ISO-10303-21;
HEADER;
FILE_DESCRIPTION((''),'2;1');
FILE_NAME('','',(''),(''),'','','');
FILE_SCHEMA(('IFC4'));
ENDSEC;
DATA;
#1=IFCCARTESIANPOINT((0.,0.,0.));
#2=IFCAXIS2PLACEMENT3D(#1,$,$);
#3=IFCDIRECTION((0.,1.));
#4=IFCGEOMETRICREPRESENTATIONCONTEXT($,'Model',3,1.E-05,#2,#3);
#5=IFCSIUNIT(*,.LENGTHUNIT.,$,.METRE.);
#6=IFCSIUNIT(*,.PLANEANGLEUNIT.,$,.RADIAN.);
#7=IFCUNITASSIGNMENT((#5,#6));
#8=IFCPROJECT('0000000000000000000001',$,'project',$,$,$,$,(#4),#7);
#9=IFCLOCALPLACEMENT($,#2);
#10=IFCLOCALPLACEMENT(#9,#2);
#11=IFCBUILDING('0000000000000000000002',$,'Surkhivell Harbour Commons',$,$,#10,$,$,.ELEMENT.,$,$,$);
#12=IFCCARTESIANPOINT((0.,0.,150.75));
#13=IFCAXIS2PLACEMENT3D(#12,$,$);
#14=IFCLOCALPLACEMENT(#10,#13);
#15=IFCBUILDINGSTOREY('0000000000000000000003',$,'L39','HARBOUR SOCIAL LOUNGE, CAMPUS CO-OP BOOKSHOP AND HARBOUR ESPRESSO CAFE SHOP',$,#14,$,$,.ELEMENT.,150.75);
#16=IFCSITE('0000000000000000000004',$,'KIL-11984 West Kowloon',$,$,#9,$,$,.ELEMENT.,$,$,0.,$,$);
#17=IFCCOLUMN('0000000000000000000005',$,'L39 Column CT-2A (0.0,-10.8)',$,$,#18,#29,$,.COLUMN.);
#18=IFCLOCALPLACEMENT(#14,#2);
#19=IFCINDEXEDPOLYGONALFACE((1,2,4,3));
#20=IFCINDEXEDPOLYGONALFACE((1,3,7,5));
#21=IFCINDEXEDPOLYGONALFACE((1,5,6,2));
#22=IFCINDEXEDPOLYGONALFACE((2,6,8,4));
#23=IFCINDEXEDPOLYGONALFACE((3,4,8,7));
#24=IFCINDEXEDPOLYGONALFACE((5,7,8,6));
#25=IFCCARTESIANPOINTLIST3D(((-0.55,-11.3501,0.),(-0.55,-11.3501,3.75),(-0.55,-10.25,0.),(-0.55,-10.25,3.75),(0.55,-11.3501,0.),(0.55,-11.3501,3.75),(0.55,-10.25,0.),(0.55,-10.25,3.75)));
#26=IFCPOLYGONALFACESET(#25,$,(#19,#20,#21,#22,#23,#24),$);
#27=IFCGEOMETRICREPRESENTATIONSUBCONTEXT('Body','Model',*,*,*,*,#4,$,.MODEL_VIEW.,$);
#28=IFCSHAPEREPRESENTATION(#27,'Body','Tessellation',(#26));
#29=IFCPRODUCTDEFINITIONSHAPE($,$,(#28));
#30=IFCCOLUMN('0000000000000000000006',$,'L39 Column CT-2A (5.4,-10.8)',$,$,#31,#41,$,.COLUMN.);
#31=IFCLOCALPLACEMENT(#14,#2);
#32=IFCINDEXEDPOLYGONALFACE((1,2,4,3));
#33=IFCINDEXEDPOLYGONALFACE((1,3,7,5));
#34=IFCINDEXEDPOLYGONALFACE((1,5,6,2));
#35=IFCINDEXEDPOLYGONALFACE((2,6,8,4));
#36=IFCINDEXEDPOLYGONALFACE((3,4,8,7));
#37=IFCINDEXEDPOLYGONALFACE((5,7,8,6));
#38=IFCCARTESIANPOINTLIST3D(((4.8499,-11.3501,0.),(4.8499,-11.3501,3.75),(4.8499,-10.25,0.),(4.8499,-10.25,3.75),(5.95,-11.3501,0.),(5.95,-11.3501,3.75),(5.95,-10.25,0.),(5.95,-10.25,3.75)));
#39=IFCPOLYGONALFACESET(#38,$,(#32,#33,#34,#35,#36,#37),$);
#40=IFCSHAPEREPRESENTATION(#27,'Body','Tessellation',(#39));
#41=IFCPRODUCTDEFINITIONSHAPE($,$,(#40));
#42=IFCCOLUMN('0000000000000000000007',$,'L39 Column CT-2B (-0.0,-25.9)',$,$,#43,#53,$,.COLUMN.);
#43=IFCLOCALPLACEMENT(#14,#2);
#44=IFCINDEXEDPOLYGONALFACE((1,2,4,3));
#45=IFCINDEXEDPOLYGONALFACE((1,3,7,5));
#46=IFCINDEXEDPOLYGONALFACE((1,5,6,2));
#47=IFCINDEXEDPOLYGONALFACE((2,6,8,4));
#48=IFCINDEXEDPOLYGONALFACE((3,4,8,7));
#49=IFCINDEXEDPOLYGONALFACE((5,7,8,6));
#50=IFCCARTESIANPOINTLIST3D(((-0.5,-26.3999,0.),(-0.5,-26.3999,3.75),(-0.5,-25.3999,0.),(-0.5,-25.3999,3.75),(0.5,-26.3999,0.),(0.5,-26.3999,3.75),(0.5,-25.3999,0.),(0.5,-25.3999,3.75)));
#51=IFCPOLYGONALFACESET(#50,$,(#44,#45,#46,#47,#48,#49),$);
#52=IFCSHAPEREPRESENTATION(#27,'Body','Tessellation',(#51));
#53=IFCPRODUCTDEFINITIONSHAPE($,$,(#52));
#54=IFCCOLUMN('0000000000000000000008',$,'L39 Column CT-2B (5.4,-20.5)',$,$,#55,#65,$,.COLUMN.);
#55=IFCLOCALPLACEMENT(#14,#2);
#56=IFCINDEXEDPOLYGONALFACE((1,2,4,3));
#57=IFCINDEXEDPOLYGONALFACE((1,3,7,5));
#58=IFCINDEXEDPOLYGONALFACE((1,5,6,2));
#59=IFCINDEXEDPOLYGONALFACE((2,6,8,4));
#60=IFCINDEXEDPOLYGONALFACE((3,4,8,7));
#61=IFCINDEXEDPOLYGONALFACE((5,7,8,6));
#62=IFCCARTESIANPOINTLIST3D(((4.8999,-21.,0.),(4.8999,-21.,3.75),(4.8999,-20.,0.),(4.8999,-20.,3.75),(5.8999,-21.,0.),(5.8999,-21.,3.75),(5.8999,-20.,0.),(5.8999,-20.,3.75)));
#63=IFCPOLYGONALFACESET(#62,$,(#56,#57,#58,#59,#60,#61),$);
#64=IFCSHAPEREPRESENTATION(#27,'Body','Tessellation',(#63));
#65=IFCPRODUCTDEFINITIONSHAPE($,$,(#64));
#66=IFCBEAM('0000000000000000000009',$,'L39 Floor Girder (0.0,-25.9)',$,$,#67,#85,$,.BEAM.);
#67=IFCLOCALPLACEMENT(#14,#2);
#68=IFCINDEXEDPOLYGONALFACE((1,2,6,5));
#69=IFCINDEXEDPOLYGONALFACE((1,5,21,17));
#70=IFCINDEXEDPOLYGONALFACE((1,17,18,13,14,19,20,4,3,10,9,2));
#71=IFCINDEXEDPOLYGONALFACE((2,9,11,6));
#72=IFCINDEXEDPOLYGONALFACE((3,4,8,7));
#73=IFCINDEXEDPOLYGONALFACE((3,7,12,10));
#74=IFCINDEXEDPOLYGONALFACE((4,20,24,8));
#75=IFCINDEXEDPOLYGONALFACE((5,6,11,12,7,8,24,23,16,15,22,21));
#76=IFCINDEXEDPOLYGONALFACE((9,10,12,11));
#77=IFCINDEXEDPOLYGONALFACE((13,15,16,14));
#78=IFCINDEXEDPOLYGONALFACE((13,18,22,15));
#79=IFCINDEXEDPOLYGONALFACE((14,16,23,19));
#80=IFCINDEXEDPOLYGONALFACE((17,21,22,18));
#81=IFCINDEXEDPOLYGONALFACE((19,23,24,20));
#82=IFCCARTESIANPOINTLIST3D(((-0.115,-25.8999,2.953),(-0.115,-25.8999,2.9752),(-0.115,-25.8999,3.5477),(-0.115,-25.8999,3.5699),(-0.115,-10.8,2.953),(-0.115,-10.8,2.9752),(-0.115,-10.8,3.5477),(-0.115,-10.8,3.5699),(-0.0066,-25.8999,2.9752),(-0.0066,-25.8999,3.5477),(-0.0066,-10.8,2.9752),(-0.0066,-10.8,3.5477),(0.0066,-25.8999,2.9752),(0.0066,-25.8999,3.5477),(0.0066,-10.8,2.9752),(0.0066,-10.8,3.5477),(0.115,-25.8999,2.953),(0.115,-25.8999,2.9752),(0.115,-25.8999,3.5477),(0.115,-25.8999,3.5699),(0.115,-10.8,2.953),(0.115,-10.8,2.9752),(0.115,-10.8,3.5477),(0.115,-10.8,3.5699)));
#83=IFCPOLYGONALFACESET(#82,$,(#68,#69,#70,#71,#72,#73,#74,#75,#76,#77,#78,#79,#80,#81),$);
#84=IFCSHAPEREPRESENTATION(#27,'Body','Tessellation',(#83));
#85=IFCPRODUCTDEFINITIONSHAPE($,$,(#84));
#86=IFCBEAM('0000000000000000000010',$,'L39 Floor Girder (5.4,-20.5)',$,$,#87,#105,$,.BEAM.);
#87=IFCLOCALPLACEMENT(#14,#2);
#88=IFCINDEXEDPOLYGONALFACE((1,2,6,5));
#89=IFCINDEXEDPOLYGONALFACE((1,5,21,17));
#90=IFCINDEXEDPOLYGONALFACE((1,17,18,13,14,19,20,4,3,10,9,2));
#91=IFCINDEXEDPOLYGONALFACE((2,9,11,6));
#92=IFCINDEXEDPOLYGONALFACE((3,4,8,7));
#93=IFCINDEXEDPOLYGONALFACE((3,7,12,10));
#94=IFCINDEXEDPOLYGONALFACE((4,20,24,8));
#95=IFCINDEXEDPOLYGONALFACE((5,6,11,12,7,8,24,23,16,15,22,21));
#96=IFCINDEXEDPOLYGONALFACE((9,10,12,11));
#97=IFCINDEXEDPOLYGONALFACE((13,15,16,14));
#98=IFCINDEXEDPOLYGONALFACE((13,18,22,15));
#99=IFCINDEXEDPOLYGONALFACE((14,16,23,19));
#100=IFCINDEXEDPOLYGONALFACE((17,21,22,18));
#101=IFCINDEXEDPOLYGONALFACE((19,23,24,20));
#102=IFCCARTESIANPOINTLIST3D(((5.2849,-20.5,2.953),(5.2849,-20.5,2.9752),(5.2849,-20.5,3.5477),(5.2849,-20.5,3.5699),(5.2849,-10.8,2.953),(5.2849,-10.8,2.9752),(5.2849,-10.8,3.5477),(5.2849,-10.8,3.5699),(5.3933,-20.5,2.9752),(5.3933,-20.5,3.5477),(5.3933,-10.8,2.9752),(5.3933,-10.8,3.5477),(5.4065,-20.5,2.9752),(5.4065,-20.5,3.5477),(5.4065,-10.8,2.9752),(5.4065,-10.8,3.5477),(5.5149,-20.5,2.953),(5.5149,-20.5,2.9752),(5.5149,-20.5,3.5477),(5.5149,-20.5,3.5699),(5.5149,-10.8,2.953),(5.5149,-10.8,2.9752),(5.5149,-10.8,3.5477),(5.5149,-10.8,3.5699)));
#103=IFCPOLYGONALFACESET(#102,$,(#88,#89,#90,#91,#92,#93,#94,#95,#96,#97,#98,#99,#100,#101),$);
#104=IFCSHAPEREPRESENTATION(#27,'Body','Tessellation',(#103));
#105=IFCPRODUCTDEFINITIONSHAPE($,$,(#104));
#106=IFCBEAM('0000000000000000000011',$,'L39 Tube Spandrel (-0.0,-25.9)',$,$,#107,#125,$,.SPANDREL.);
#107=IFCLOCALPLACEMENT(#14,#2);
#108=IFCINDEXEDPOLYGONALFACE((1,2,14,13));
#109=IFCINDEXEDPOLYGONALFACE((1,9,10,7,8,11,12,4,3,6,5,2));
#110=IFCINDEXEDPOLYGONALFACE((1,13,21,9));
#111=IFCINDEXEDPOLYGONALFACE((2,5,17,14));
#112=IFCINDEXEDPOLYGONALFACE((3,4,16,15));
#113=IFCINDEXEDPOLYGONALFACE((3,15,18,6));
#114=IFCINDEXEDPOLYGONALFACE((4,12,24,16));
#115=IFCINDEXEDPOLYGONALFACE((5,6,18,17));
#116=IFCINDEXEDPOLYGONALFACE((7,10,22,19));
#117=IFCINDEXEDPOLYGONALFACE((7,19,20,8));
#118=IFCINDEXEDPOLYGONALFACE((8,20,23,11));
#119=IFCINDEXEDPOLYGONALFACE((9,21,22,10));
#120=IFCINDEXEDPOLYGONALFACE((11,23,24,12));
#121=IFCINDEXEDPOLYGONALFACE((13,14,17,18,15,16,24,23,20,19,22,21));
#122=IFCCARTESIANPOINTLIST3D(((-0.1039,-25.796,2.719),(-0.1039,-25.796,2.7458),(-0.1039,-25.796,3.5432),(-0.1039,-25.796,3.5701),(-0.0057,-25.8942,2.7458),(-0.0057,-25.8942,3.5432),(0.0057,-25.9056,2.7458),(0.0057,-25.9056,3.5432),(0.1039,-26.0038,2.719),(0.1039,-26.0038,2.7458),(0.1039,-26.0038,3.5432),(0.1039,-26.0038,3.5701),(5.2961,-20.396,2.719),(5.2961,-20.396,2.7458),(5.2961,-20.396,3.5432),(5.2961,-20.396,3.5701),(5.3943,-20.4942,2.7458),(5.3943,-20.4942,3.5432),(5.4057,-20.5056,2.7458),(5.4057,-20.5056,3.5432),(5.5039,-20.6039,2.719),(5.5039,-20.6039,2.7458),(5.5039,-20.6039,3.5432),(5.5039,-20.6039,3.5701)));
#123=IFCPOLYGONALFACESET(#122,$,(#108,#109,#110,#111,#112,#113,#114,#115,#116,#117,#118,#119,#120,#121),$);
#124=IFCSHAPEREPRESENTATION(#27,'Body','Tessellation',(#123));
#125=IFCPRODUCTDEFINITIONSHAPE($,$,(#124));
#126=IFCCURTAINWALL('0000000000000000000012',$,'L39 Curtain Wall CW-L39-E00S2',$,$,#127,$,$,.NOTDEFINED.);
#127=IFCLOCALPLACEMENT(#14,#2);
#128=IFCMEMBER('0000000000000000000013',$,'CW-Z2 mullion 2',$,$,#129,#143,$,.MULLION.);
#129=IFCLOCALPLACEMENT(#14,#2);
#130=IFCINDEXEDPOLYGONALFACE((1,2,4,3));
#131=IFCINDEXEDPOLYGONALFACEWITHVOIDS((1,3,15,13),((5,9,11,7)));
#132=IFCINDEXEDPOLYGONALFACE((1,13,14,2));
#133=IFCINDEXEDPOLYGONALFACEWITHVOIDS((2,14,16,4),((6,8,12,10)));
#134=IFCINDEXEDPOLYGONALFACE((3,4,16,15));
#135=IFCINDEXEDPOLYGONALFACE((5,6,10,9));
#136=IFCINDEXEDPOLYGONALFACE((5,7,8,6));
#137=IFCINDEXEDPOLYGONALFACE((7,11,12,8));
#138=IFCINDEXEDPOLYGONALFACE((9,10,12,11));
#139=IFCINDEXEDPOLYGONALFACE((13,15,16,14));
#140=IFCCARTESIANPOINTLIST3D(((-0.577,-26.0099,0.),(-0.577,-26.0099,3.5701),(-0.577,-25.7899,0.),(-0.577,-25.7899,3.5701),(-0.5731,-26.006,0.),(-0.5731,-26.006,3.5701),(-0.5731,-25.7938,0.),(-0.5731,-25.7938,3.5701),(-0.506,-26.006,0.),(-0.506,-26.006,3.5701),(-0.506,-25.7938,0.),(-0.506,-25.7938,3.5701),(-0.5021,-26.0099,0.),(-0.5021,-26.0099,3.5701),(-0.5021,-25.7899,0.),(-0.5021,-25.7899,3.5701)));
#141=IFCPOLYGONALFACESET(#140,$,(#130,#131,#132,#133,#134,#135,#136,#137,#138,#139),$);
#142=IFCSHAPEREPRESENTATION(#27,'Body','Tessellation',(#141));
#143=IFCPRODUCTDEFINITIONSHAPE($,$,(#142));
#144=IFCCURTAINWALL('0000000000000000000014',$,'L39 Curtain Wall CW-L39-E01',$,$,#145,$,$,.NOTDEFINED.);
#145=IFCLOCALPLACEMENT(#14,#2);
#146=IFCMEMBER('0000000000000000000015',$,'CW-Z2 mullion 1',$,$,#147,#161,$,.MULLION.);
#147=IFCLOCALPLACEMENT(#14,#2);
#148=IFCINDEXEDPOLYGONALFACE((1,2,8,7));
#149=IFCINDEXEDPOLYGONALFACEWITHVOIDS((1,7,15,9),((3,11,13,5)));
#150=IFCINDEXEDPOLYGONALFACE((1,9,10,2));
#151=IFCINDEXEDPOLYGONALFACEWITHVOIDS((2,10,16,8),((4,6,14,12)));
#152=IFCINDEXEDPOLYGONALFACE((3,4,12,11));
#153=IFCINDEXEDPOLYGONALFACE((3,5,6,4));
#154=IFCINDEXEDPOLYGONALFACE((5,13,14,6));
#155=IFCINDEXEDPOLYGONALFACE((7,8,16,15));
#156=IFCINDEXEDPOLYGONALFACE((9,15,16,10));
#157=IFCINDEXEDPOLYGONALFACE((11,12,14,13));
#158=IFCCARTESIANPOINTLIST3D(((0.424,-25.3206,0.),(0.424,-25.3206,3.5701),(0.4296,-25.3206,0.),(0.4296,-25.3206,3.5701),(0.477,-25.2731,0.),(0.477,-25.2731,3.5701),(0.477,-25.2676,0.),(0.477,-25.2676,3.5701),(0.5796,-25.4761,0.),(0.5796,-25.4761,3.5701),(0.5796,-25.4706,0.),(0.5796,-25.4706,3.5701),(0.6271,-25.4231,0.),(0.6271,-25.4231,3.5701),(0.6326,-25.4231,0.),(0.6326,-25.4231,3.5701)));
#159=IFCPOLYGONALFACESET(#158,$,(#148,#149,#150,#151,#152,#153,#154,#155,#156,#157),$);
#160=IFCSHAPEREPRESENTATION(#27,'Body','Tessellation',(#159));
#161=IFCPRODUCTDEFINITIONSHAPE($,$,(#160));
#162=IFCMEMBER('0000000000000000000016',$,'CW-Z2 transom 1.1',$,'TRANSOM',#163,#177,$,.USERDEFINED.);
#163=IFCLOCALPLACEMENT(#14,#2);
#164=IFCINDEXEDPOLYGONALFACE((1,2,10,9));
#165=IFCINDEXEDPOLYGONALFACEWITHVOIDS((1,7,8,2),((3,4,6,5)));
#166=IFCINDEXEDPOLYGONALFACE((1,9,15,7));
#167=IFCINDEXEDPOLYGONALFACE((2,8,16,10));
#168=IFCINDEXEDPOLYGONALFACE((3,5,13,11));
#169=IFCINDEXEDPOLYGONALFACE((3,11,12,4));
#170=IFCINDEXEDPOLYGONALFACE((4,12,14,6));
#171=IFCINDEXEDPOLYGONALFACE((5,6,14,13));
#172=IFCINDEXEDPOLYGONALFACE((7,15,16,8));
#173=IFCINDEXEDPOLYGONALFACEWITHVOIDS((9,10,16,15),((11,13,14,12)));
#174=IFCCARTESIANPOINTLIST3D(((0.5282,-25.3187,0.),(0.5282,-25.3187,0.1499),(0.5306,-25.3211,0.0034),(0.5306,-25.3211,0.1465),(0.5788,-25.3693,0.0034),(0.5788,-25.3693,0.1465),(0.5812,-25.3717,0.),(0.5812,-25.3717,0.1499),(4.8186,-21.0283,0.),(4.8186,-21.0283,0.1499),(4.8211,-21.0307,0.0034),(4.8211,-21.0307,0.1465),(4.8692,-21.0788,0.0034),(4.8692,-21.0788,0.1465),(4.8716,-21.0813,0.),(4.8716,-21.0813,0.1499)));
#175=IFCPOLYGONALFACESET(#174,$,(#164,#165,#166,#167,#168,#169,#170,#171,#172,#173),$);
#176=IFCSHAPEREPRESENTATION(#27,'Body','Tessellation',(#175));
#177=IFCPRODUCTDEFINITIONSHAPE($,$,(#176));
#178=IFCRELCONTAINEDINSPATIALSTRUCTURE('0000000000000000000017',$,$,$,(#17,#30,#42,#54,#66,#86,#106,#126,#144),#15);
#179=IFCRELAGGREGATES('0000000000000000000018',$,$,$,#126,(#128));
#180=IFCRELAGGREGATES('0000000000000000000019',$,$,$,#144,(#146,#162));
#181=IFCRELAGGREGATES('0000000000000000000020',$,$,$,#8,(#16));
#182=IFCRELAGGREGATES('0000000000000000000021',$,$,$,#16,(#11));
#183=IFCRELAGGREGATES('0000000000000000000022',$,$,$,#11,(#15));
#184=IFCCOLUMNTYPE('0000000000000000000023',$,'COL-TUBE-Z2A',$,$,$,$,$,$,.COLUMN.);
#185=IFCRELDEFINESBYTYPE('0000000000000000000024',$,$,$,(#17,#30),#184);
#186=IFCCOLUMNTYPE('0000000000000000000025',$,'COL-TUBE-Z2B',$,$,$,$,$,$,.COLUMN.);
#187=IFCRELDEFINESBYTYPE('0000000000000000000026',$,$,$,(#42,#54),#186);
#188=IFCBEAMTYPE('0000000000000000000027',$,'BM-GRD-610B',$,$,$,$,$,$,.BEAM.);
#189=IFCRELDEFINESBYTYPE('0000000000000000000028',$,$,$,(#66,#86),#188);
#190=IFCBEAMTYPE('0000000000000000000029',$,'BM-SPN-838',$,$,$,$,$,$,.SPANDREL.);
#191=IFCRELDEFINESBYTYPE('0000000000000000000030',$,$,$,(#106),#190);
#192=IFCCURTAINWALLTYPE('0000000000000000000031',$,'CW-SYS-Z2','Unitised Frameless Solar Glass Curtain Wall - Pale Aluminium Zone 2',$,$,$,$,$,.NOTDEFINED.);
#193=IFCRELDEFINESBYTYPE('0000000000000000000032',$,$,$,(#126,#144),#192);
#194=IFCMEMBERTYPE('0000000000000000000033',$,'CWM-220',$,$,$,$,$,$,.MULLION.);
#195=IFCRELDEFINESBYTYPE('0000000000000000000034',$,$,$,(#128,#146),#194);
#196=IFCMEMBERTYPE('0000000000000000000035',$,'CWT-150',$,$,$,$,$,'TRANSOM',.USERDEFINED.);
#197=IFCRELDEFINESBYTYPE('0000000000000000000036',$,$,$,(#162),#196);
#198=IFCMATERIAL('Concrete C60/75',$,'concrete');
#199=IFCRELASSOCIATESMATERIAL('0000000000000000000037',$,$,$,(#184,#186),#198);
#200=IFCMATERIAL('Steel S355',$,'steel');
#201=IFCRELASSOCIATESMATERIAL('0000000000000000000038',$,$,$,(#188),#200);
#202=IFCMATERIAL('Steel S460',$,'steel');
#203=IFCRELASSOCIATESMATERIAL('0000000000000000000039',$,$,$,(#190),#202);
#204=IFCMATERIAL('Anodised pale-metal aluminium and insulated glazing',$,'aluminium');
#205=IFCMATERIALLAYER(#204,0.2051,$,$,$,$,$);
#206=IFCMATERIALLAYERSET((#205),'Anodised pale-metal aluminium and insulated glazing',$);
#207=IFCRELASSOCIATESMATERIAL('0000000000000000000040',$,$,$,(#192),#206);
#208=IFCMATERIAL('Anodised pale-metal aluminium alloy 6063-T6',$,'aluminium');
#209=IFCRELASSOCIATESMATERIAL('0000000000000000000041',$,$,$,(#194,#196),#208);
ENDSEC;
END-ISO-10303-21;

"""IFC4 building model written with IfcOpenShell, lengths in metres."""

from ifc_helpers import new_model, si_unit, direction, frame, origin, origin_2d, place, context, subcontext, project, spatial, rectangle, hollow_rectangle, i_section, extrude, material, layer, layer_set, material_profile, profile_set, type_object, element, aggregate, save


model = new_model("IFC4")

# Units and contexts
model_context = context("Model", 3, precision=1e-05, world=origin(), true_north=direction((0.0, 1.0)))
body_context = subcontext(model_context, "Body", "Model", "MODEL_VIEW")
ifc_project = project(units=[si_unit("LENGTHUNIT", "METRE"), si_unit("PLANEANGLEUNIT", "RADIAN")], contexts=[model_context])

# Site, building, storey
site_placement = place(None, origin())
site = spatial("IfcSite", under=ifc_project, at=site_placement, Name="KIL-11984 West Kowloon", CompositionType="ELEMENT", RefElevation=0.0)
building_placement = place(site_placement, origin())
building = spatial("IfcBuilding", under=site, at=building_placement, Name="Surkhivell Harbour Commons", CompositionType="ELEMENT")
storey_placement = place(building_placement, frame((0.0, 0.0, 150.75)))
storey = spatial("IfcBuildingStorey", under=building, at=storey_placement, Name="L39", Description="HARBOUR SOCIAL LOUNGE, CAMPUS CO-OP BOOKSHOP AND HARBOUR ESPRESSO CAFE SHOP", CompositionType="ELEMENT", Elevation=150.75)

# Columns
ifc_material_1 = material(Name="Concrete C60/75", Category="concrete")
ifc_material_profile_1 = material_profile(ifc_material_1, rectangle(XDim=1.1001, YDim=1.1001, at=origin_2d()), Name="RC-COL-1100x1100")
ifc_profile_set_1 = profile_set([ifc_material_profile_1], Name="Concrete C60/75")
column_type_1 = type_object("IfcColumnType", Name="COL-TUBE-Z2A", PredefinedType="COLUMN", material=ifc_profile_set_1)
for number, where, z_axis, x_axis, name in (
    (1, (0.0, -10.8, 0.0), (0.0, 0.0, 1.0), (1.0, 0.0, 0.0), "L39 Column CT-2A (0.0,-10.8)"),
    (2, (5.3999, -10.8, 0.0), (0.0, 0.0, 1.0), (1.0, 0.0, 0.0), "L39 Column CT-2A (5.4,-10.8)"),
):
    element("IfcColumn", number, at=place(storey_placement, frame(where, z_axis=z_axis, x_axis=x_axis)), inside=storey, type_object=column_type_1, Name=name, PredefinedType="COLUMN", context=body_context, shape_type="SweptSolid", body=[
        extrude(rectangle(XDim=1.1001, YDim=1.1001, at=origin_2d()), origin(), (0.0, 0.0, 1.0), 3.75),
    ])
ifc_material_profile_2 = material_profile(ifc_material_1, rectangle(XDim=1.0, YDim=1.0, at=origin_2d()), Name="RC-COL-1000x1000")
ifc_profile_set_2 = profile_set([ifc_material_profile_2], Name="Concrete C60/75")
column_type_2 = type_object("IfcColumnType", Name="COL-TUBE-Z2B", PredefinedType="COLUMN", material=ifc_profile_set_2)
for number, where, z_axis, x_axis, name in (
    (3, (0.0, -25.8999, 0.0), (0.0, 0.0, 1.0), (1.0, 0.0, 0.0), "L39 Column CT-2B (-0.0,-25.9)"),
    (4, (5.3999, -20.5, 0.0), (0.0, 0.0, 1.0), (1.0, 0.0, 0.0), "L39 Column CT-2B (5.4,-20.5)"),
):
    element("IfcColumn", number, at=place(storey_placement, frame(where, z_axis=z_axis, x_axis=x_axis)), inside=storey, type_object=column_type_2, Name=name, PredefinedType="COLUMN", context=body_context, shape_type="SweptSolid", body=[
        extrude(rectangle(XDim=1.0, YDim=1.0, at=origin_2d()), origin(), (0.0, 0.0, 1.0), 3.75),
    ])

# Beams
ifc_material_2 = material(Name="Steel S355", Category="steel")
ifc_material_profile_3 = material_profile(ifc_material_2, i_section(OverallWidth=0.23, OverallDepth=0.6169, WebThickness=0.0132, FlangeThickness=0.0222, at=origin_2d()), Name="UB610x229x140")
ifc_profile_set_3 = profile_set([ifc_material_profile_3], Name="Steel S355")
beam_type_1 = type_object("IfcBeamType", Name="BM-GRD-610B", PredefinedType="BEAM", material=ifc_profile_set_3)
beam_1_placement = place(storey_placement, frame((0.0, -25.8999, 3.2615), z_axis=(0.0, 1.0, 0.0), x_axis=(-1.0, 0.0, 0.0)))
element("IfcBeam", 5, at=beam_1_placement, inside=storey, type_object=beam_type_1, Name="L39 Floor Girder (0.0,-25.9)", PredefinedType="BEAM", context=body_context, shape_type="SweptSolid", body=[
    extrude(i_section(OverallWidth=0.23, OverallDepth=0.6169, WebThickness=0.0132, FlangeThickness=0.0222, at=origin_2d()), origin(), (0.0, 0.0, 1.0), 15.0999),
])
beam_2_placement = place(storey_placement, frame((5.3999, -20.5, 3.2615), z_axis=(0.0, 1.0, 0.0), x_axis=(-1.0, 0.0, 0.0)))
element("IfcBeam", 6, at=beam_2_placement, inside=storey, type_object=beam_type_1, Name="L39 Floor Girder (5.4,-20.5)", PredefinedType="BEAM", context=body_context, shape_type="SweptSolid", body=[
    extrude(i_section(OverallWidth=0.23, OverallDepth=0.6169, WebThickness=0.0132, FlangeThickness=0.0222, at=origin_2d()), origin(), (0.0, 0.0, 1.0), 9.7),
])
ifc_material_3 = material(Name="Steel S460", Category="steel")
ifc_material_profile_4 = material_profile(ifc_material_3, i_section(OverallWidth=0.2939, OverallDepth=0.8511, WebThickness=0.0161, FlangeThickness=0.0269, at=origin_2d()), Name="UB838x292x226")
ifc_profile_set_4 = profile_set([ifc_material_profile_4], Name="Steel S460")
beam_type_2 = type_object("IfcBeamType", Name="BM-SPN-838", PredefinedType="SPANDREL", material=ifc_profile_set_4)
beam_3_placement = place(storey_placement, frame((0.0, -25.8999, 3.1445), z_axis=(0.707107, 0.707107, 0.0), x_axis=(-0.707107, 0.707107, 0.0)))
element("IfcBeam", 7, at=beam_3_placement, inside=storey, type_object=beam_type_2, Name="L39 Tube Spandrel (-0.0,-25.9)", PredefinedType="SPANDREL", context=body_context, shape_type="SweptSolid", body=[
    extrude(i_section(OverallWidth=0.2939, OverallDepth=0.8511, WebThickness=0.0161, FlangeThickness=0.0269, at=origin_2d()), origin(), (0.0, 0.0, 1.0), 7.6367),
])

# Curtain wall, member
ifc_material_4 = material(Name="Anodised pale-metal aluminium and insulated glazing", Category="aluminium")
ifc_layer_1 = layer(ifc_material_4, 0.2051)
ifc_layer_set_1 = layer_set([ifc_layer_1], Name="Anodised pale-metal aluminium and insulated glazing")
curtain_wall_type = type_object("IfcCurtainWallType", Name="CW-SYS-Z2", Description="Unitised Frameless Solar Glass Curtain Wall - Pale Aluminium Zone 2", PredefinedType="NOTDEFINED", material=ifc_layer_set_1)
curtain_wall_1_placement = place(storey_placement, origin())
curtain_wall_1 = element("IfcCurtainWall", 8, at=curtain_wall_1_placement, inside=storey, type_object=curtain_wall_type, Name="L39 Curtain Wall CW-L39-E00S2", PredefinedType="NOTDEFINED")
ifc_material_5 = material(Name="Anodised pale-metal aluminium alloy 6063-T6", Category="aluminium")
ifc_material_profile_5 = material_profile(ifc_material_5, hollow_rectangle(XDim=0.075, YDim=0.22, WallThickness=0.0039, at=origin_2d()), Name="ALU-MULL-75x220")
ifc_profile_set_5 = profile_set([ifc_material_profile_5], Name="Anodised pale-metal aluminium alloy 6063-T6")
member_type_1 = type_object("IfcMemberType", Name="CWM-220", PredefinedType="MULLION", material=ifc_profile_set_5)
member_1_placement = place(storey_placement, frame((-0.5396, -25.8999, 0.0), z_axis=(0.0, 0.0, 1.0), x_axis=(1.0, 0.0, 0.0)))
member_1 = element("IfcMember", 9, at=member_1_placement, type_object=member_type_1, Name="CW-Z2 mullion 2", PredefinedType="MULLION", context=body_context, shape_type="SweptSolid", body=[
    extrude(hollow_rectangle(XDim=0.075, YDim=0.22, WallThickness=0.0039, at=origin_2d()), origin(), (0.0, 0.0, 1.0), 3.5701),
])
aggregate(curtain_wall_1, [member_1])

# Curtain wall, members
curtain_wall_2_placement = place(storey_placement, origin())
curtain_wall_2 = element("IfcCurtainWall", 10, at=curtain_wall_2_placement, inside=storey, type_object=curtain_wall_type, Name="L39 Curtain Wall CW-L39-E01", PredefinedType="NOTDEFINED")
member_2_placement = place(storey_placement, frame((0.5283, -25.3718, 0.0), z_axis=(0.0, 0.0, 1.0), x_axis=(0.707107, 0.707107, 0.0)))
member_2 = element("IfcMember", 11, at=member_2_placement, type_object=member_type_1, Name="CW-Z2 mullion 1", PredefinedType="MULLION", context=body_context, shape_type="SweptSolid", body=[
    extrude(hollow_rectangle(XDim=0.075, YDim=0.22, WallThickness=0.0039, at=origin_2d()), origin(), (0.0, 0.0, 1.0), 3.5701),
])
ifc_material_profile_6 = material_profile(ifc_material_5, hollow_rectangle(XDim=0.075, YDim=0.1499, WallThickness=0.0034, at=origin_2d()), Name="ALU-TRAN-75x150")
ifc_profile_set_6 = profile_set([ifc_material_profile_6], Name="Anodised pale-metal aluminium alloy 6063-T6")
member_type_2 = type_object("IfcMemberType", Name="CWT-150", ElementType="TRANSOM", PredefinedType="USERDEFINED", material=ifc_profile_set_6)
member_3_placement = place(storey_placement, frame((0.5547, -25.3452, 0.075), z_axis=(0.707107, 0.707107, 0.0), x_axis=(-0.707107, 0.707107, 0.0)))
member_3 = element("IfcMember", 12, at=member_3_placement, type_object=member_type_2, Name="CW-Z2 transom 1.1", ObjectType="TRANSOM", PredefinedType="USERDEFINED", context=body_context, shape_type="SweptSolid", body=[
    extrude(hollow_rectangle(XDim=0.075, YDim=0.1499, WallThickness=0.0034, at=origin_2d()), origin(), (0.0, 0.0, 1.0), 6.0676),
])
aggregate(curtain_wall_2, [member_2, member_3])

save(model, "model.ifc")
